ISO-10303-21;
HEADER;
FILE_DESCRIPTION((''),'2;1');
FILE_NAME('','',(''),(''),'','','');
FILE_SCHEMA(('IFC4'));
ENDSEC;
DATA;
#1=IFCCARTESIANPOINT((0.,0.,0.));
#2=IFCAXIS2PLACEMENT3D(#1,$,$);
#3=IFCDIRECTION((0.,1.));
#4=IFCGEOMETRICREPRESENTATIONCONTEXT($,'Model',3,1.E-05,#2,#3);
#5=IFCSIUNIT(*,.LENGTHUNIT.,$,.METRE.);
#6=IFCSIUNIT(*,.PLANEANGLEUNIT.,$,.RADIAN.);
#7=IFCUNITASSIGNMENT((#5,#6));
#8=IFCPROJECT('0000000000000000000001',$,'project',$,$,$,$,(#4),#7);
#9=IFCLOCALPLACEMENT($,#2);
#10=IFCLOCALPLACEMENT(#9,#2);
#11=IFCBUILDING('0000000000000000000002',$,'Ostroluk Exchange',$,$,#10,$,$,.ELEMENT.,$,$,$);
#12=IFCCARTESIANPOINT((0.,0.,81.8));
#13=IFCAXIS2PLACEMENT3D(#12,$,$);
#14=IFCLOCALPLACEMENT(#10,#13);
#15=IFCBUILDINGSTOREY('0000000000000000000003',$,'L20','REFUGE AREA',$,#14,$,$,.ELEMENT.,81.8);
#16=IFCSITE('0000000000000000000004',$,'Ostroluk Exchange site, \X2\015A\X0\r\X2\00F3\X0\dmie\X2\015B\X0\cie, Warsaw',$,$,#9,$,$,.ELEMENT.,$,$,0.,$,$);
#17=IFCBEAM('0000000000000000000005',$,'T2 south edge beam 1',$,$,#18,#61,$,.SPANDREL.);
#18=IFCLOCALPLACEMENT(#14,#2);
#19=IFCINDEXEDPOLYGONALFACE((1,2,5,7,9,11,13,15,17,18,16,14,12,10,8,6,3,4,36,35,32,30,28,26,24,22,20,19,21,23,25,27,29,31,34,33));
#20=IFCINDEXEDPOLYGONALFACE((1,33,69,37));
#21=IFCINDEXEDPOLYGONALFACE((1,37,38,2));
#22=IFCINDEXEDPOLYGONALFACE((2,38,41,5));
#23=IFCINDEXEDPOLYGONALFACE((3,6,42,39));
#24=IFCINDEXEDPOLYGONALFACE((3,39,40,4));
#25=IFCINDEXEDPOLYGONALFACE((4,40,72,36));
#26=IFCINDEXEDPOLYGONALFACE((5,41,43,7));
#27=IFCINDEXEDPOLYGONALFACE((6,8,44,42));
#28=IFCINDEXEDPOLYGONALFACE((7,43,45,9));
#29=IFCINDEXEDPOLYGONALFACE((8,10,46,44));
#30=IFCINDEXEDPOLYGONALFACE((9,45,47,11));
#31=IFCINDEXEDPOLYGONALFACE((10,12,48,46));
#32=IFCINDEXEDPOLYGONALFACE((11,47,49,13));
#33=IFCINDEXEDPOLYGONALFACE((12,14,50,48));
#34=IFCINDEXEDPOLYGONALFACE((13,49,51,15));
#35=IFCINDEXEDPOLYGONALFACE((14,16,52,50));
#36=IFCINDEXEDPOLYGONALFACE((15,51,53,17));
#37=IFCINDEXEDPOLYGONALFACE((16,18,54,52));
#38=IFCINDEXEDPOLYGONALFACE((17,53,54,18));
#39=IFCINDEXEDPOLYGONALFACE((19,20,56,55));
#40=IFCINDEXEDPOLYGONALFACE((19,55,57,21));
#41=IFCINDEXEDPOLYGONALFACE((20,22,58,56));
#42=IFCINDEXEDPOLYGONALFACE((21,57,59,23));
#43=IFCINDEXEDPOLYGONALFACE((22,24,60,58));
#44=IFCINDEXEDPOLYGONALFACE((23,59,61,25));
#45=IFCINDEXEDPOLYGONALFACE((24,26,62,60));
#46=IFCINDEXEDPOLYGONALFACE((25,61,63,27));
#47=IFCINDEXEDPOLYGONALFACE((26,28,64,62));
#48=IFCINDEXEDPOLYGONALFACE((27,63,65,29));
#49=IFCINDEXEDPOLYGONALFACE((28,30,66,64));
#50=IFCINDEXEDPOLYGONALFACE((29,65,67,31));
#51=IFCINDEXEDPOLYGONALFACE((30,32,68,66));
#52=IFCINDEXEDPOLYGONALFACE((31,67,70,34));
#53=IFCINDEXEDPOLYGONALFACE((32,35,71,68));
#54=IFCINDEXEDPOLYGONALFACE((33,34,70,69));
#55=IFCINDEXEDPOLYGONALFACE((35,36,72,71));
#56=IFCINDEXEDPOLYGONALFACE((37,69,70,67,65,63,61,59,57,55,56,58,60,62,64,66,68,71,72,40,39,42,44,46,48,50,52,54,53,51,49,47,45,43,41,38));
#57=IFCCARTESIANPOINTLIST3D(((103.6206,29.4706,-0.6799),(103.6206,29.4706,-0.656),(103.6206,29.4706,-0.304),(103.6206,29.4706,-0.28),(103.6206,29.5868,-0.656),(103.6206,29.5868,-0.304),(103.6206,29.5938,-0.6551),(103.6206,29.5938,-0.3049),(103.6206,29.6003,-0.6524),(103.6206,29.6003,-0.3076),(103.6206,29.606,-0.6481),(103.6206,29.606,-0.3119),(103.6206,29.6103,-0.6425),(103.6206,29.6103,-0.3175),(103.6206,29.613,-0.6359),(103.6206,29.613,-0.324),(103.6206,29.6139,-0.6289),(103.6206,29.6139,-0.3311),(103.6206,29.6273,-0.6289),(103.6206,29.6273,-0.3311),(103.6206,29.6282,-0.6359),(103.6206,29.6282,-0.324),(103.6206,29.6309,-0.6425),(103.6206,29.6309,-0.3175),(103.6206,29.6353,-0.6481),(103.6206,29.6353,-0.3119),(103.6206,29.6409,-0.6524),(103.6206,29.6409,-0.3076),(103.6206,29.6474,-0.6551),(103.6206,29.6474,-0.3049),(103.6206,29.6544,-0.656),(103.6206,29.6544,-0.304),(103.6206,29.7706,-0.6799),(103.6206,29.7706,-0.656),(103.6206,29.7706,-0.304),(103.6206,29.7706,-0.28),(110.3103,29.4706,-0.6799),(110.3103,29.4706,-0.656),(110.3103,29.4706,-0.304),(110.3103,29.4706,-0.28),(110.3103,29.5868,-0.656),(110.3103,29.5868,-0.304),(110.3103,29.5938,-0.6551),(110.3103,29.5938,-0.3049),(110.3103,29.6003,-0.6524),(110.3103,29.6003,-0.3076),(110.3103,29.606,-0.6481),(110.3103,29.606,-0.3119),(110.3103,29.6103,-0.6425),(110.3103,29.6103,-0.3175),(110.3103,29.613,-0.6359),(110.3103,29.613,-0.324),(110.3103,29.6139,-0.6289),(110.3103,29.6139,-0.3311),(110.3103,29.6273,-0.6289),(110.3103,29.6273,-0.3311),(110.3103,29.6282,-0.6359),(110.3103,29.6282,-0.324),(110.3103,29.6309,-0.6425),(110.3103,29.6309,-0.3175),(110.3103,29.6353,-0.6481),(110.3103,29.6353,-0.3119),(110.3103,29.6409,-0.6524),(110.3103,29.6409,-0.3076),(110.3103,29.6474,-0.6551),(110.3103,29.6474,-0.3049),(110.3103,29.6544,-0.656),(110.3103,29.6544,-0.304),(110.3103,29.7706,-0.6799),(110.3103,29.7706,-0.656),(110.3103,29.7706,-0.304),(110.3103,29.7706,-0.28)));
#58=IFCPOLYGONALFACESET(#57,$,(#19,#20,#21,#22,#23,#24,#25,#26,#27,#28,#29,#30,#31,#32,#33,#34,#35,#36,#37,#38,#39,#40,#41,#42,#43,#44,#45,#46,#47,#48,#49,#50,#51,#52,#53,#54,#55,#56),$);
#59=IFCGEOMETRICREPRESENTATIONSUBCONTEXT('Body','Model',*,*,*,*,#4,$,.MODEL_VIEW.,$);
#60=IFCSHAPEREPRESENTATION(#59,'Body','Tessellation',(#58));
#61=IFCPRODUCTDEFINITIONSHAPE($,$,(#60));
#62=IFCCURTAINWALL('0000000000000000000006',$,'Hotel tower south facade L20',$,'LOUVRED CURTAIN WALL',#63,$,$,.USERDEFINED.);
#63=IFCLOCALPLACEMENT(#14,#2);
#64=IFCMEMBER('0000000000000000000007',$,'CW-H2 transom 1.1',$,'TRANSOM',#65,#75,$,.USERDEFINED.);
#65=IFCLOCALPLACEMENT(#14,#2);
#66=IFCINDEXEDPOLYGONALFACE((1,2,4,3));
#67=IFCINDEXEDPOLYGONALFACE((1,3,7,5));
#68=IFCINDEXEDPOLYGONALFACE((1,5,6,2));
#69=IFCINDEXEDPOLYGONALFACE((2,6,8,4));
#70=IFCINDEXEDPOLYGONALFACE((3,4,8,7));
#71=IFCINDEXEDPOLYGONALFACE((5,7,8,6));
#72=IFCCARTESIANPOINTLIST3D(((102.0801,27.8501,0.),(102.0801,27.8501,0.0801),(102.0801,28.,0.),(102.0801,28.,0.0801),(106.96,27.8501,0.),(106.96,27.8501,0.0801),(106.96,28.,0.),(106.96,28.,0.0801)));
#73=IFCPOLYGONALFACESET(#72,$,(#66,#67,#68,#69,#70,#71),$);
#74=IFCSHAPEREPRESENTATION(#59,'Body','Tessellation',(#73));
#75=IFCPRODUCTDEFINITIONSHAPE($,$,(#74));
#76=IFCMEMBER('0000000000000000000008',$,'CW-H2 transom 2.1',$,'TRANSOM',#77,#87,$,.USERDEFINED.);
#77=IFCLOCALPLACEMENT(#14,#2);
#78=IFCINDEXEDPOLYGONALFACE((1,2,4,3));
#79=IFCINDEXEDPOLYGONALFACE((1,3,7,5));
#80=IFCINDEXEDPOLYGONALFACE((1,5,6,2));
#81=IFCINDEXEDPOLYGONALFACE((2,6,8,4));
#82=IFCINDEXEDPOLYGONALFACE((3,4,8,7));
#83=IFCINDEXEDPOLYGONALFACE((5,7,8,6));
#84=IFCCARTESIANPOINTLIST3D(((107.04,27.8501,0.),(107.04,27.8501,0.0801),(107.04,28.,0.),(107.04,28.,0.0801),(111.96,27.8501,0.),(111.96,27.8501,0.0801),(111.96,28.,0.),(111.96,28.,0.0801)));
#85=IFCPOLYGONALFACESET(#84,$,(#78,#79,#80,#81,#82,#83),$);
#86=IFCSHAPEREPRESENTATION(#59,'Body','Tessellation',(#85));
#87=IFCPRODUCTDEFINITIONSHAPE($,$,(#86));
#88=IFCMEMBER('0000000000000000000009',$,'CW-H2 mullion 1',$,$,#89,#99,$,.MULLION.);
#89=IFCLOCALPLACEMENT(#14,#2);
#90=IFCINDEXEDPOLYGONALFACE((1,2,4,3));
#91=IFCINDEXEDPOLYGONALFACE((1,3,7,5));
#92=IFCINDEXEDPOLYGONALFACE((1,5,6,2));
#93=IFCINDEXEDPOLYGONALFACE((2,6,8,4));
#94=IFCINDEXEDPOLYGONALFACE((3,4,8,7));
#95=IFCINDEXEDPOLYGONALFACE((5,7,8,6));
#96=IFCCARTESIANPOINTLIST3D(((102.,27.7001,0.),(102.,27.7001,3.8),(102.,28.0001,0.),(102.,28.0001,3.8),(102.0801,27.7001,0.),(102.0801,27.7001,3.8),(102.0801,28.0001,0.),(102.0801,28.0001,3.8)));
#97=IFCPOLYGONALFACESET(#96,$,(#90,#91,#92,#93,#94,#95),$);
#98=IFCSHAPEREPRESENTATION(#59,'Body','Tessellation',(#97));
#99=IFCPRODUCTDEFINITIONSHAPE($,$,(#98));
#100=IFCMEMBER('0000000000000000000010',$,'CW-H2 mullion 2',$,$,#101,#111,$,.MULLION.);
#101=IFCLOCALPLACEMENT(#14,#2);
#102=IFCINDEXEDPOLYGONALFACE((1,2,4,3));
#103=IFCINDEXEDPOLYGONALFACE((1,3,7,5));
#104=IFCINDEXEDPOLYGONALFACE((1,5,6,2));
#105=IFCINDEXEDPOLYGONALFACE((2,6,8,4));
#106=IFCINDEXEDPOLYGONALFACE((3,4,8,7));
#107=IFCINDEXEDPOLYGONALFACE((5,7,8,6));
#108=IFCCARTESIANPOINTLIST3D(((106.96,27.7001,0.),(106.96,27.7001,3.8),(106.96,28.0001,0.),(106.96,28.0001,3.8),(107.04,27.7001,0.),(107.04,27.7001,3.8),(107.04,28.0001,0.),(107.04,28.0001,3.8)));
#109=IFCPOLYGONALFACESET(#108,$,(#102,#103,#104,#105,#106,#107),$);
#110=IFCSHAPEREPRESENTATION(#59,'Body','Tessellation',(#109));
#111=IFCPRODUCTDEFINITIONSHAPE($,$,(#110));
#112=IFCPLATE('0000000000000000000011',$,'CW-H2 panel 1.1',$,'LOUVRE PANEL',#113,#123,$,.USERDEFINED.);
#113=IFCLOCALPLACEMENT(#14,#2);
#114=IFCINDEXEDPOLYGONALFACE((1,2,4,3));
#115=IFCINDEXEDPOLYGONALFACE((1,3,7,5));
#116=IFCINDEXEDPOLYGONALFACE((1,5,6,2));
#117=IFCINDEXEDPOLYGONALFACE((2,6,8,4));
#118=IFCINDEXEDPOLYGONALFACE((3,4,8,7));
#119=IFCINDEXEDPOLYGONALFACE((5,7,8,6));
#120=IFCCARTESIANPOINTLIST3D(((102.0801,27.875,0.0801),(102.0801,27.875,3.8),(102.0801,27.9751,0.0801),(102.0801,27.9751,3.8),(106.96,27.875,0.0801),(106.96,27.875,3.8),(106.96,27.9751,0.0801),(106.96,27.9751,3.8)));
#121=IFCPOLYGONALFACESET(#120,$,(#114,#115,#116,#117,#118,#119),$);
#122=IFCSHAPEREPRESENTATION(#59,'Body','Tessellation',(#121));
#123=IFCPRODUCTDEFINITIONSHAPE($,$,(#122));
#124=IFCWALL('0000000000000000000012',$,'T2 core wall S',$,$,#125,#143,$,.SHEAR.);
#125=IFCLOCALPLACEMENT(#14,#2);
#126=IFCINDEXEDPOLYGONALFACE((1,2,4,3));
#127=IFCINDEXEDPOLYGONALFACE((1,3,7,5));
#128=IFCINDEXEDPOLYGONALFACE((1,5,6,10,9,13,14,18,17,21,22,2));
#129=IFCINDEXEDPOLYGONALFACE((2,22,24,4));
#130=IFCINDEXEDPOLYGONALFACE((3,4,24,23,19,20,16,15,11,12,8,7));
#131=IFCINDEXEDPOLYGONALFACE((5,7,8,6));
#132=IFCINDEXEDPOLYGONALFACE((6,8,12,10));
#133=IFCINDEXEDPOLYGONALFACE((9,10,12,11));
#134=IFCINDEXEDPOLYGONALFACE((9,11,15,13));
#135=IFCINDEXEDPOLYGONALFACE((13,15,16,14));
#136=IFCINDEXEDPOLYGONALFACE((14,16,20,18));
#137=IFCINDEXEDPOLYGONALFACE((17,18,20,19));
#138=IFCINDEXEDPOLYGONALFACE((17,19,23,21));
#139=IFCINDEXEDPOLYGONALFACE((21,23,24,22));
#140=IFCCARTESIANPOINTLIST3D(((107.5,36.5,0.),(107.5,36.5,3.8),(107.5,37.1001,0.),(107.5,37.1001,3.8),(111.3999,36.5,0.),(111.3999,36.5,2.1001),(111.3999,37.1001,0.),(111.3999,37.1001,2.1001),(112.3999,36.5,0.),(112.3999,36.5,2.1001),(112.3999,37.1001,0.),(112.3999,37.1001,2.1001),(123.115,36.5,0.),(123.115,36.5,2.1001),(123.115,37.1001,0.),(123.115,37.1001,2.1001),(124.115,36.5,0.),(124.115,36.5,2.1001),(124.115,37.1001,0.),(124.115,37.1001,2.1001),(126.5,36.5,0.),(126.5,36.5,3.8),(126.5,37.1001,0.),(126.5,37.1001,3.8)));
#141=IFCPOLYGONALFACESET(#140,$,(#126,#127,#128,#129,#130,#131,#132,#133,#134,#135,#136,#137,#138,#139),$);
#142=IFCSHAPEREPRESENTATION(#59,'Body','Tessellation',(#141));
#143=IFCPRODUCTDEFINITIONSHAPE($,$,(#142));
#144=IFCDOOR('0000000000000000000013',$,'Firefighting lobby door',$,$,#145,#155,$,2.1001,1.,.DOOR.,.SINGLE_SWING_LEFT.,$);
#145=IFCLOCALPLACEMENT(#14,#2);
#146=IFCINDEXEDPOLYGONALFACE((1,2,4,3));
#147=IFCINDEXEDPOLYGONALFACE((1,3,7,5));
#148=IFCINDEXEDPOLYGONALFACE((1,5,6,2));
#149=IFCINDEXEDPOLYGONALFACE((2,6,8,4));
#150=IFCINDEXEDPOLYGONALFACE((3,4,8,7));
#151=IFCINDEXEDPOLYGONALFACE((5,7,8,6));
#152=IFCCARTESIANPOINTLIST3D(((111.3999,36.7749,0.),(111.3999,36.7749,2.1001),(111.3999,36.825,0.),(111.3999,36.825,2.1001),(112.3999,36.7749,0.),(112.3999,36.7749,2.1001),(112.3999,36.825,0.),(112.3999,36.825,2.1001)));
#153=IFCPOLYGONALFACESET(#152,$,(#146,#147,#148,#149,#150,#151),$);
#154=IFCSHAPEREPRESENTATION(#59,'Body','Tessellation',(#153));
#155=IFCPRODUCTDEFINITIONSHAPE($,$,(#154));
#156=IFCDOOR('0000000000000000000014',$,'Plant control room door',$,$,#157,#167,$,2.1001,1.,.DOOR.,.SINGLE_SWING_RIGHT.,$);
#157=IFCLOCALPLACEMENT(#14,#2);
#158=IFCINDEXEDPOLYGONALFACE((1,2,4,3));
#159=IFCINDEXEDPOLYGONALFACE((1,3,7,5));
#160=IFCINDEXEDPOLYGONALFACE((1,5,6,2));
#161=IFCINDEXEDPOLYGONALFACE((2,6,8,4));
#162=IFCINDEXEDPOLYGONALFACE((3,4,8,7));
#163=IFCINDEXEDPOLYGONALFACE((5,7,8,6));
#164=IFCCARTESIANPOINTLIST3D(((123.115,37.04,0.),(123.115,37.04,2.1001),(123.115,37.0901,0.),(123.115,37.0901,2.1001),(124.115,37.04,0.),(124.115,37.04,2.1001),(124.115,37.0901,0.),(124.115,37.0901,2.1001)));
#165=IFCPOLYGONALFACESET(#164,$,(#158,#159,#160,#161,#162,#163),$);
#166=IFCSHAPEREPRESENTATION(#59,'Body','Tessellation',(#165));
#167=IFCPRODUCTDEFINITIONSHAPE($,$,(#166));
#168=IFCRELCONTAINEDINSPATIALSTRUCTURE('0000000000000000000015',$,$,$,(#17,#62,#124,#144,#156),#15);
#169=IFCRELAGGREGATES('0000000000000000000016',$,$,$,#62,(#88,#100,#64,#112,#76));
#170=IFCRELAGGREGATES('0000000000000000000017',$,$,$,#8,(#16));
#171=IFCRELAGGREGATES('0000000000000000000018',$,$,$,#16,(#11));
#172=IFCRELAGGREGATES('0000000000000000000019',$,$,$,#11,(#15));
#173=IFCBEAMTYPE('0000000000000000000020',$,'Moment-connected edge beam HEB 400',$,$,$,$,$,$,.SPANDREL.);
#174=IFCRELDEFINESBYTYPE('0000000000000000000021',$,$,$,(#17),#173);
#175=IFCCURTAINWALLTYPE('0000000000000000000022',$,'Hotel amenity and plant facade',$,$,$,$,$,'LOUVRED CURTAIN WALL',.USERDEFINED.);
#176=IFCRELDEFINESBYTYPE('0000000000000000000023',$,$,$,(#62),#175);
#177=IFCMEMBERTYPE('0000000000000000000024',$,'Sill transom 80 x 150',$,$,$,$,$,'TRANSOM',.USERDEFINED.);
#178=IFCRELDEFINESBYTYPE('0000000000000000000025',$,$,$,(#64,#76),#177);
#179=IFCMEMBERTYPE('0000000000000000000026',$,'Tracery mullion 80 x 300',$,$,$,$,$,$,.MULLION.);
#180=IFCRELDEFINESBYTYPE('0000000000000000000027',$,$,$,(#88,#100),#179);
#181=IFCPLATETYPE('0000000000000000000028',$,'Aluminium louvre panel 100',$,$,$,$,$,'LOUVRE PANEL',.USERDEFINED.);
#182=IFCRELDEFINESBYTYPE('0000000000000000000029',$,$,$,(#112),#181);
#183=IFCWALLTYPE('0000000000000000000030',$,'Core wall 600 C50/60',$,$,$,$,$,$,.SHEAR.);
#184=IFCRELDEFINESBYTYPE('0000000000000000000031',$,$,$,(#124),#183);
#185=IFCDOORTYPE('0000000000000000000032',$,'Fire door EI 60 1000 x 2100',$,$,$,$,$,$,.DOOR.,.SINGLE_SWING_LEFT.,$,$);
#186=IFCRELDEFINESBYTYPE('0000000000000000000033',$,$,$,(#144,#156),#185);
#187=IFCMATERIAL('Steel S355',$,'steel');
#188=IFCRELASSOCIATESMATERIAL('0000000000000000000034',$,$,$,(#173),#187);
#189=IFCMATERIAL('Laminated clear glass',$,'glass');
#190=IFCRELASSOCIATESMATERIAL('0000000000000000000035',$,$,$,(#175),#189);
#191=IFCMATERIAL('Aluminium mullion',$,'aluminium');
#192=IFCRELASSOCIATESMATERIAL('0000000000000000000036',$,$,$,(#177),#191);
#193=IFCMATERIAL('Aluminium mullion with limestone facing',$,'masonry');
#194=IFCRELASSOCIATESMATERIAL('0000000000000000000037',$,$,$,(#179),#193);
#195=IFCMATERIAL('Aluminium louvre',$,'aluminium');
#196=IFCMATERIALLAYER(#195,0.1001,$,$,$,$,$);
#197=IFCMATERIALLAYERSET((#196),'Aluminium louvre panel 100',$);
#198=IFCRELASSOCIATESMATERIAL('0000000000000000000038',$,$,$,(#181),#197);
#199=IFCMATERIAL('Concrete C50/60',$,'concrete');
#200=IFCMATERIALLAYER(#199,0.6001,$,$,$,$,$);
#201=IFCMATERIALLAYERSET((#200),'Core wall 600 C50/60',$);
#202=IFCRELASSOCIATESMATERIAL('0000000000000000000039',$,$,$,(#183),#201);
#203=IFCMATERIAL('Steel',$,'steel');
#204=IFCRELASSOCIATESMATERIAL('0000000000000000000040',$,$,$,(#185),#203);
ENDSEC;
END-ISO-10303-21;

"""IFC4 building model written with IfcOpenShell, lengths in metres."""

from ifc_helpers import new_model, si_unit, direction, frame, frame_2d, origin, origin_2d, place, context, subcontext, project, spatial, rectangle, i_section, extrude, material, layer, layer_set, material_profile, profile_set, type_object, element, fill, aggregate, save


model = new_model("IFC4")

# Units and contexts
model_context = context("Model", 3, precision=1e-05, world=origin(), true_north=direction((0.0, 1.0)))
body_context = subcontext(model_context, "Body", "Model", "MODEL_VIEW")
ifc_project = project(units=[si_unit("LENGTHUNIT", "METRE"), si_unit("PLANEANGLEUNIT", "RADIAN")], contexts=[model_context])

# Site, building, storey
site_placement = place(None, origin())
site = spatial("IfcSite", under=ifc_project, at=site_placement, Name="Ostroluk Exchange site, Śródmieście, Warsaw", CompositionType="ELEMENT", RefElevation=0.0)
building_placement = place(site_placement, origin())
building = spatial("IfcBuilding", under=site, at=building_placement, Name="Ostroluk Exchange", CompositionType="ELEMENT")
storey_placement = place(building_placement, frame((0.0, 0.0, 81.8)))
storey = spatial("IfcBuildingStorey", under=building, at=storey_placement, Name="L20", Description="REFUGE AREA", CompositionType="ELEMENT", Elevation=81.8)

# Beam
ifc_material_1 = material(Name="Steel S355", Category="steel")
ifc_material_profile_1 = material_profile(ifc_material_1, i_section(OverallWidth=0.3, OverallDepth=0.3999, WebThickness=0.0134, FlangeThickness=0.0239, FilletRadius=0.0271, at=origin_2d()), Name="HEB 400")
ifc_profile_set_1 = profile_set([ifc_material_profile_1], Name="Steel S355")
beam_type_1 = type_object("IfcBeamType", Name="Moment-connected edge beam HEB 400", PredefinedType="SPANDREL", material=ifc_profile_set_1)
beam_1_placement = place(storey_placement, frame((103.6206, 29.6206, -0.48), z_axis=(1.0, 0.0, 0.0), x_axis=(0.0, 1.0, 0.0)))
element("IfcBeam", 1, at=beam_1_placement, inside=storey, type_object=beam_type_1, Name="T2 south edge beam 1", PredefinedType="SPANDREL", context=body_context, shape_type="SweptSolid", body=[
    extrude(i_section(OverallWidth=0.3, OverallDepth=0.3999, WebThickness=0.0134, FlangeThickness=0.0239, FilletRadius=0.0271, at=origin_2d()), origin(), (0.0, 0.0, 1.0), 6.6897),
])

# Curtain wall, members, plate
ifc_material_2 = material(Name="Laminated clear glass", Category="glass")
curtain_wall_type = type_object("IfcCurtainWallType", Name="Hotel amenity and plant facade", ElementType="LOUVRED CURTAIN WALL", PredefinedType="USERDEFINED", material=ifc_material_2)
curtain_wall_placement = place(storey_placement, origin())
curtain_wall = element("IfcCurtainWall", 2, at=curtain_wall_placement, inside=storey, type_object=curtain_wall_type, Name="Hotel tower south facade L20", ObjectType="LOUVRED CURTAIN WALL", PredefinedType="USERDEFINED")
ifc_material_3 = material(Name="Aluminium mullion", Category="aluminium")
ifc_material_profile_2 = material_profile(ifc_material_3, rectangle(XDim=0.1499, YDim=0.0801, at=origin_2d()), Name="Sill transom 80 x 150")
ifc_profile_set_2 = profile_set([ifc_material_profile_2], Name="Aluminium mullion")
member_type_1 = type_object("IfcMemberType", Name="Sill transom 80 x 150", ElementType="TRANSOM", PredefinedType="USERDEFINED", material=ifc_profile_set_2)
member_1_placement = place(storey_placement, frame((102.0801, 27.925, 0.04), z_axis=(1.0, 0.0, 0.0), x_axis=(0.0, 1.0, 0.0)))
member_1 = element("IfcMember", 3, at=member_1_placement, type_object=member_type_1, Name="CW-H2 transom 1.1", ObjectType="TRANSOM", PredefinedType="USERDEFINED", context=body_context, shape_type="SweptSolid", body=[
    extrude(rectangle(XDim=0.1499, YDim=0.0801, at=origin_2d()), origin(), (0.0, 0.0, 1.0), 4.8799),
])
member_2_placement = place(storey_placement, frame((107.04, 27.925, 0.04), z_axis=(1.0, 0.0, 0.0), x_axis=(0.0, 1.0, 0.0)))
member_2 = element("IfcMember", 4, at=member_2_placement, type_object=member_type_1, Name="CW-H2 transom 2.1", ObjectType="TRANSOM", PredefinedType="USERDEFINED", context=body_context, shape_type="SweptSolid", body=[
    extrude(rectangle(XDim=0.1499, YDim=0.0801, at=origin_2d()), origin(), (0.0, 0.0, 1.0), 4.9199),
])
ifc_material_4 = material(Name="Aluminium mullion with limestone facing", Category="masonry")
ifc_material_profile_3 = material_profile(ifc_material_4, rectangle(XDim=0.3, YDim=0.0801, at=origin_2d()), Name="Tracery mullion 80 x 300")
ifc_profile_set_3 = profile_set([ifc_material_profile_3], Name="Aluminium mullion with limestone facing")
member_type_2 = type_object("IfcMemberType", Name="Tracery mullion 80 x 300", PredefinedType="MULLION", material=ifc_profile_set_3)
member_3_placement = place(storey_placement, frame((102.04, 27.8501, 0.0), z_axis=(0.0, 0.0, 1.0), x_axis=(0.0, 1.0, 0.0)))
member_3 = element("IfcMember", 5, at=member_3_placement, type_object=member_type_2, Name="CW-H2 mullion 1", PredefinedType="MULLION", context=body_context, shape_type="SweptSolid", body=[
    extrude(rectangle(XDim=0.3, YDim=0.0801, at=origin_2d()), origin(), (0.0, 0.0, 1.0), 3.8),
])
member_4_placement = place(storey_placement, frame((107.0, 27.8501, 0.0), z_axis=(0.0, 0.0, 1.0), x_axis=(0.0, 1.0, 0.0)))
member_4 = element("IfcMember", 6, at=member_4_placement, type_object=member_type_2, Name="CW-H2 mullion 2", PredefinedType="MULLION", context=body_context, shape_type="SweptSolid", body=[
    extrude(rectangle(XDim=0.3, YDim=0.0801, at=origin_2d()), origin(), (0.0, 0.0, 1.0), 3.8),
])
ifc_material_5 = material(Name="Aluminium louvre", Category="aluminium")
ifc_layer_1 = layer(ifc_material_5, 0.1001)
ifc_layer_set_1 = layer_set([ifc_layer_1], Name="Aluminium louvre panel 100")
plate_type = type_object("IfcPlateType", Name="Aluminium louvre panel 100", ElementType="LOUVRE PANEL", PredefinedType="USERDEFINED", material=ifc_layer_set_1)
plate_placement = place(storey_placement, frame((104.52, 27.925, 0.0801), z_axis=(0.0, 0.0, 1.0), x_axis=(1.0, 0.0, 0.0)))
plate = element("IfcPlate", 7, at=plate_placement, type_object=plate_type, Name="CW-H2 panel 1.1", ObjectType="LOUVRE PANEL", PredefinedType="USERDEFINED", context=body_context, shape_type="SweptSolid", body=[
    extrude(rectangle(XDim=4.8799, YDim=0.1001, at=origin_2d()), origin(), (0.0, 0.0, 1.0), 3.72),
])
aggregate(curtain_wall, [member_3, member_4, member_1, plate, member_2])

# Wall, openings, doors
ifc_material_6 = material(Name="Concrete C50/60", Category="concrete")
ifc_layer_2 = layer(ifc_material_6, 0.6001)
ifc_layer_set_2 = layer_set([ifc_layer_2], Name="Core wall 600 C50/60")
wall_type_1 = type_object("IfcWallType", Name="Core wall 600 C50/60", PredefinedType="SHEAR", material=ifc_layer_set_2)
wall_1_placement = place(storey_placement, frame((107.5, 36.8, 0.0), z_axis=(0.0, 0.0, 1.0), x_axis=(1.0, 0.0, 0.0)))
wall_1 = element("IfcWall", 8, at=wall_1_placement, inside=storey, type_object=wall_type_1, Name="T2 core wall S", PredefinedType="SHEAR", context=body_context, shape_type="SweptSolid", body=[
    extrude(rectangle(XDim=19.0, YDim=0.6001, at=frame_2d((9.5, 0.0))), origin(), (0.0, 0.0, 1.0), 3.8),
])
opening_1_placement = place(wall_1_placement, frame((3.8999, 0.0, 0.0)))
opening_1 = element("IfcOpeningElement", 9, at=opening_1_placement, cuts=wall_1, PredefinedType="OPENING", context=body_context, shape_type="SweptSolid", body=[
    extrude(rectangle(XDim=1.0, YDim=2.1001, at=frame_2d((0.5, 1.05))), frame((0.0, 0.3101, 0.0), z_axis=(0.0, -1.0, 0.0), x_axis=(1.0, 0.0, 0.0)), (0.0, 0.0, 1.0), 0.6201),
])
opening_2_placement = place(wall_1_placement, frame((15.615, 0.0, 0.0)))
opening_2 = element("IfcOpeningElement", 10, at=opening_2_placement, cuts=wall_1, PredefinedType="OPENING", context=body_context, shape_type="SweptSolid", body=[
    extrude(rectangle(XDim=1.0, YDim=2.1001, at=frame_2d((0.5, 1.05))), frame((0.0, 0.3101, 0.0), z_axis=(0.0, -1.0, 0.0), x_axis=(1.0, 0.0, 0.0)), (0.0, 0.0, 1.0), 0.6201),
])
ifc_material_7 = material(Name="Steel", Category="steel")
door_type_1 = type_object("IfcDoorType", Name="Fire door EI 60 1000 x 2100", OperationType="SINGLE_SWING_LEFT", PredefinedType="DOOR", material=ifc_material_7)
door_1_placement = place(opening_1_placement, origin())
door_1 = element("IfcDoor", 11, at=door_1_placement, inside=storey, type_object=door_type_1, Name="Firefighting lobby door", OperationType="SINGLE_SWING_LEFT", OverallHeight=2.1001, OverallWidth=1.0, PredefinedType="DOOR", context=body_context, shape_type="SweptSolid", body=[
    extrude(rectangle(XDim=1.0, YDim=2.1001, at=frame_2d((0.5, 1.05))), frame((0.0, 0.0249, 0.0), z_axis=(0.0, -1.0, 0.0), x_axis=(1.0, 0.0, 0.0)), (0.0, 0.0, 1.0), 0.05),
])
fill(opening_1, door_1)
door_2_placement = place(opening_2_placement, origin())
door_2 = element("IfcDoor", 12, at=door_2_placement, inside=storey, type_object=door_type_1, Name="Plant control room door", OperationType="SINGLE_SWING_RIGHT", OverallHeight=2.1001, OverallWidth=1.0, PredefinedType="DOOR", context=body_context, shape_type="SweptSolid", body=[
    extrude(rectangle(XDim=1.0, YDim=2.1001, at=frame_2d((0.5, 1.05))), frame((0.0, 0.29, 0.0), z_axis=(0.0, -1.0, 0.0), x_axis=(1.0, 0.0, 0.0)), (0.0, 0.0, 1.0), 0.05),
])
fill(opening_2, door_2)

save(model, "model.ifc")
